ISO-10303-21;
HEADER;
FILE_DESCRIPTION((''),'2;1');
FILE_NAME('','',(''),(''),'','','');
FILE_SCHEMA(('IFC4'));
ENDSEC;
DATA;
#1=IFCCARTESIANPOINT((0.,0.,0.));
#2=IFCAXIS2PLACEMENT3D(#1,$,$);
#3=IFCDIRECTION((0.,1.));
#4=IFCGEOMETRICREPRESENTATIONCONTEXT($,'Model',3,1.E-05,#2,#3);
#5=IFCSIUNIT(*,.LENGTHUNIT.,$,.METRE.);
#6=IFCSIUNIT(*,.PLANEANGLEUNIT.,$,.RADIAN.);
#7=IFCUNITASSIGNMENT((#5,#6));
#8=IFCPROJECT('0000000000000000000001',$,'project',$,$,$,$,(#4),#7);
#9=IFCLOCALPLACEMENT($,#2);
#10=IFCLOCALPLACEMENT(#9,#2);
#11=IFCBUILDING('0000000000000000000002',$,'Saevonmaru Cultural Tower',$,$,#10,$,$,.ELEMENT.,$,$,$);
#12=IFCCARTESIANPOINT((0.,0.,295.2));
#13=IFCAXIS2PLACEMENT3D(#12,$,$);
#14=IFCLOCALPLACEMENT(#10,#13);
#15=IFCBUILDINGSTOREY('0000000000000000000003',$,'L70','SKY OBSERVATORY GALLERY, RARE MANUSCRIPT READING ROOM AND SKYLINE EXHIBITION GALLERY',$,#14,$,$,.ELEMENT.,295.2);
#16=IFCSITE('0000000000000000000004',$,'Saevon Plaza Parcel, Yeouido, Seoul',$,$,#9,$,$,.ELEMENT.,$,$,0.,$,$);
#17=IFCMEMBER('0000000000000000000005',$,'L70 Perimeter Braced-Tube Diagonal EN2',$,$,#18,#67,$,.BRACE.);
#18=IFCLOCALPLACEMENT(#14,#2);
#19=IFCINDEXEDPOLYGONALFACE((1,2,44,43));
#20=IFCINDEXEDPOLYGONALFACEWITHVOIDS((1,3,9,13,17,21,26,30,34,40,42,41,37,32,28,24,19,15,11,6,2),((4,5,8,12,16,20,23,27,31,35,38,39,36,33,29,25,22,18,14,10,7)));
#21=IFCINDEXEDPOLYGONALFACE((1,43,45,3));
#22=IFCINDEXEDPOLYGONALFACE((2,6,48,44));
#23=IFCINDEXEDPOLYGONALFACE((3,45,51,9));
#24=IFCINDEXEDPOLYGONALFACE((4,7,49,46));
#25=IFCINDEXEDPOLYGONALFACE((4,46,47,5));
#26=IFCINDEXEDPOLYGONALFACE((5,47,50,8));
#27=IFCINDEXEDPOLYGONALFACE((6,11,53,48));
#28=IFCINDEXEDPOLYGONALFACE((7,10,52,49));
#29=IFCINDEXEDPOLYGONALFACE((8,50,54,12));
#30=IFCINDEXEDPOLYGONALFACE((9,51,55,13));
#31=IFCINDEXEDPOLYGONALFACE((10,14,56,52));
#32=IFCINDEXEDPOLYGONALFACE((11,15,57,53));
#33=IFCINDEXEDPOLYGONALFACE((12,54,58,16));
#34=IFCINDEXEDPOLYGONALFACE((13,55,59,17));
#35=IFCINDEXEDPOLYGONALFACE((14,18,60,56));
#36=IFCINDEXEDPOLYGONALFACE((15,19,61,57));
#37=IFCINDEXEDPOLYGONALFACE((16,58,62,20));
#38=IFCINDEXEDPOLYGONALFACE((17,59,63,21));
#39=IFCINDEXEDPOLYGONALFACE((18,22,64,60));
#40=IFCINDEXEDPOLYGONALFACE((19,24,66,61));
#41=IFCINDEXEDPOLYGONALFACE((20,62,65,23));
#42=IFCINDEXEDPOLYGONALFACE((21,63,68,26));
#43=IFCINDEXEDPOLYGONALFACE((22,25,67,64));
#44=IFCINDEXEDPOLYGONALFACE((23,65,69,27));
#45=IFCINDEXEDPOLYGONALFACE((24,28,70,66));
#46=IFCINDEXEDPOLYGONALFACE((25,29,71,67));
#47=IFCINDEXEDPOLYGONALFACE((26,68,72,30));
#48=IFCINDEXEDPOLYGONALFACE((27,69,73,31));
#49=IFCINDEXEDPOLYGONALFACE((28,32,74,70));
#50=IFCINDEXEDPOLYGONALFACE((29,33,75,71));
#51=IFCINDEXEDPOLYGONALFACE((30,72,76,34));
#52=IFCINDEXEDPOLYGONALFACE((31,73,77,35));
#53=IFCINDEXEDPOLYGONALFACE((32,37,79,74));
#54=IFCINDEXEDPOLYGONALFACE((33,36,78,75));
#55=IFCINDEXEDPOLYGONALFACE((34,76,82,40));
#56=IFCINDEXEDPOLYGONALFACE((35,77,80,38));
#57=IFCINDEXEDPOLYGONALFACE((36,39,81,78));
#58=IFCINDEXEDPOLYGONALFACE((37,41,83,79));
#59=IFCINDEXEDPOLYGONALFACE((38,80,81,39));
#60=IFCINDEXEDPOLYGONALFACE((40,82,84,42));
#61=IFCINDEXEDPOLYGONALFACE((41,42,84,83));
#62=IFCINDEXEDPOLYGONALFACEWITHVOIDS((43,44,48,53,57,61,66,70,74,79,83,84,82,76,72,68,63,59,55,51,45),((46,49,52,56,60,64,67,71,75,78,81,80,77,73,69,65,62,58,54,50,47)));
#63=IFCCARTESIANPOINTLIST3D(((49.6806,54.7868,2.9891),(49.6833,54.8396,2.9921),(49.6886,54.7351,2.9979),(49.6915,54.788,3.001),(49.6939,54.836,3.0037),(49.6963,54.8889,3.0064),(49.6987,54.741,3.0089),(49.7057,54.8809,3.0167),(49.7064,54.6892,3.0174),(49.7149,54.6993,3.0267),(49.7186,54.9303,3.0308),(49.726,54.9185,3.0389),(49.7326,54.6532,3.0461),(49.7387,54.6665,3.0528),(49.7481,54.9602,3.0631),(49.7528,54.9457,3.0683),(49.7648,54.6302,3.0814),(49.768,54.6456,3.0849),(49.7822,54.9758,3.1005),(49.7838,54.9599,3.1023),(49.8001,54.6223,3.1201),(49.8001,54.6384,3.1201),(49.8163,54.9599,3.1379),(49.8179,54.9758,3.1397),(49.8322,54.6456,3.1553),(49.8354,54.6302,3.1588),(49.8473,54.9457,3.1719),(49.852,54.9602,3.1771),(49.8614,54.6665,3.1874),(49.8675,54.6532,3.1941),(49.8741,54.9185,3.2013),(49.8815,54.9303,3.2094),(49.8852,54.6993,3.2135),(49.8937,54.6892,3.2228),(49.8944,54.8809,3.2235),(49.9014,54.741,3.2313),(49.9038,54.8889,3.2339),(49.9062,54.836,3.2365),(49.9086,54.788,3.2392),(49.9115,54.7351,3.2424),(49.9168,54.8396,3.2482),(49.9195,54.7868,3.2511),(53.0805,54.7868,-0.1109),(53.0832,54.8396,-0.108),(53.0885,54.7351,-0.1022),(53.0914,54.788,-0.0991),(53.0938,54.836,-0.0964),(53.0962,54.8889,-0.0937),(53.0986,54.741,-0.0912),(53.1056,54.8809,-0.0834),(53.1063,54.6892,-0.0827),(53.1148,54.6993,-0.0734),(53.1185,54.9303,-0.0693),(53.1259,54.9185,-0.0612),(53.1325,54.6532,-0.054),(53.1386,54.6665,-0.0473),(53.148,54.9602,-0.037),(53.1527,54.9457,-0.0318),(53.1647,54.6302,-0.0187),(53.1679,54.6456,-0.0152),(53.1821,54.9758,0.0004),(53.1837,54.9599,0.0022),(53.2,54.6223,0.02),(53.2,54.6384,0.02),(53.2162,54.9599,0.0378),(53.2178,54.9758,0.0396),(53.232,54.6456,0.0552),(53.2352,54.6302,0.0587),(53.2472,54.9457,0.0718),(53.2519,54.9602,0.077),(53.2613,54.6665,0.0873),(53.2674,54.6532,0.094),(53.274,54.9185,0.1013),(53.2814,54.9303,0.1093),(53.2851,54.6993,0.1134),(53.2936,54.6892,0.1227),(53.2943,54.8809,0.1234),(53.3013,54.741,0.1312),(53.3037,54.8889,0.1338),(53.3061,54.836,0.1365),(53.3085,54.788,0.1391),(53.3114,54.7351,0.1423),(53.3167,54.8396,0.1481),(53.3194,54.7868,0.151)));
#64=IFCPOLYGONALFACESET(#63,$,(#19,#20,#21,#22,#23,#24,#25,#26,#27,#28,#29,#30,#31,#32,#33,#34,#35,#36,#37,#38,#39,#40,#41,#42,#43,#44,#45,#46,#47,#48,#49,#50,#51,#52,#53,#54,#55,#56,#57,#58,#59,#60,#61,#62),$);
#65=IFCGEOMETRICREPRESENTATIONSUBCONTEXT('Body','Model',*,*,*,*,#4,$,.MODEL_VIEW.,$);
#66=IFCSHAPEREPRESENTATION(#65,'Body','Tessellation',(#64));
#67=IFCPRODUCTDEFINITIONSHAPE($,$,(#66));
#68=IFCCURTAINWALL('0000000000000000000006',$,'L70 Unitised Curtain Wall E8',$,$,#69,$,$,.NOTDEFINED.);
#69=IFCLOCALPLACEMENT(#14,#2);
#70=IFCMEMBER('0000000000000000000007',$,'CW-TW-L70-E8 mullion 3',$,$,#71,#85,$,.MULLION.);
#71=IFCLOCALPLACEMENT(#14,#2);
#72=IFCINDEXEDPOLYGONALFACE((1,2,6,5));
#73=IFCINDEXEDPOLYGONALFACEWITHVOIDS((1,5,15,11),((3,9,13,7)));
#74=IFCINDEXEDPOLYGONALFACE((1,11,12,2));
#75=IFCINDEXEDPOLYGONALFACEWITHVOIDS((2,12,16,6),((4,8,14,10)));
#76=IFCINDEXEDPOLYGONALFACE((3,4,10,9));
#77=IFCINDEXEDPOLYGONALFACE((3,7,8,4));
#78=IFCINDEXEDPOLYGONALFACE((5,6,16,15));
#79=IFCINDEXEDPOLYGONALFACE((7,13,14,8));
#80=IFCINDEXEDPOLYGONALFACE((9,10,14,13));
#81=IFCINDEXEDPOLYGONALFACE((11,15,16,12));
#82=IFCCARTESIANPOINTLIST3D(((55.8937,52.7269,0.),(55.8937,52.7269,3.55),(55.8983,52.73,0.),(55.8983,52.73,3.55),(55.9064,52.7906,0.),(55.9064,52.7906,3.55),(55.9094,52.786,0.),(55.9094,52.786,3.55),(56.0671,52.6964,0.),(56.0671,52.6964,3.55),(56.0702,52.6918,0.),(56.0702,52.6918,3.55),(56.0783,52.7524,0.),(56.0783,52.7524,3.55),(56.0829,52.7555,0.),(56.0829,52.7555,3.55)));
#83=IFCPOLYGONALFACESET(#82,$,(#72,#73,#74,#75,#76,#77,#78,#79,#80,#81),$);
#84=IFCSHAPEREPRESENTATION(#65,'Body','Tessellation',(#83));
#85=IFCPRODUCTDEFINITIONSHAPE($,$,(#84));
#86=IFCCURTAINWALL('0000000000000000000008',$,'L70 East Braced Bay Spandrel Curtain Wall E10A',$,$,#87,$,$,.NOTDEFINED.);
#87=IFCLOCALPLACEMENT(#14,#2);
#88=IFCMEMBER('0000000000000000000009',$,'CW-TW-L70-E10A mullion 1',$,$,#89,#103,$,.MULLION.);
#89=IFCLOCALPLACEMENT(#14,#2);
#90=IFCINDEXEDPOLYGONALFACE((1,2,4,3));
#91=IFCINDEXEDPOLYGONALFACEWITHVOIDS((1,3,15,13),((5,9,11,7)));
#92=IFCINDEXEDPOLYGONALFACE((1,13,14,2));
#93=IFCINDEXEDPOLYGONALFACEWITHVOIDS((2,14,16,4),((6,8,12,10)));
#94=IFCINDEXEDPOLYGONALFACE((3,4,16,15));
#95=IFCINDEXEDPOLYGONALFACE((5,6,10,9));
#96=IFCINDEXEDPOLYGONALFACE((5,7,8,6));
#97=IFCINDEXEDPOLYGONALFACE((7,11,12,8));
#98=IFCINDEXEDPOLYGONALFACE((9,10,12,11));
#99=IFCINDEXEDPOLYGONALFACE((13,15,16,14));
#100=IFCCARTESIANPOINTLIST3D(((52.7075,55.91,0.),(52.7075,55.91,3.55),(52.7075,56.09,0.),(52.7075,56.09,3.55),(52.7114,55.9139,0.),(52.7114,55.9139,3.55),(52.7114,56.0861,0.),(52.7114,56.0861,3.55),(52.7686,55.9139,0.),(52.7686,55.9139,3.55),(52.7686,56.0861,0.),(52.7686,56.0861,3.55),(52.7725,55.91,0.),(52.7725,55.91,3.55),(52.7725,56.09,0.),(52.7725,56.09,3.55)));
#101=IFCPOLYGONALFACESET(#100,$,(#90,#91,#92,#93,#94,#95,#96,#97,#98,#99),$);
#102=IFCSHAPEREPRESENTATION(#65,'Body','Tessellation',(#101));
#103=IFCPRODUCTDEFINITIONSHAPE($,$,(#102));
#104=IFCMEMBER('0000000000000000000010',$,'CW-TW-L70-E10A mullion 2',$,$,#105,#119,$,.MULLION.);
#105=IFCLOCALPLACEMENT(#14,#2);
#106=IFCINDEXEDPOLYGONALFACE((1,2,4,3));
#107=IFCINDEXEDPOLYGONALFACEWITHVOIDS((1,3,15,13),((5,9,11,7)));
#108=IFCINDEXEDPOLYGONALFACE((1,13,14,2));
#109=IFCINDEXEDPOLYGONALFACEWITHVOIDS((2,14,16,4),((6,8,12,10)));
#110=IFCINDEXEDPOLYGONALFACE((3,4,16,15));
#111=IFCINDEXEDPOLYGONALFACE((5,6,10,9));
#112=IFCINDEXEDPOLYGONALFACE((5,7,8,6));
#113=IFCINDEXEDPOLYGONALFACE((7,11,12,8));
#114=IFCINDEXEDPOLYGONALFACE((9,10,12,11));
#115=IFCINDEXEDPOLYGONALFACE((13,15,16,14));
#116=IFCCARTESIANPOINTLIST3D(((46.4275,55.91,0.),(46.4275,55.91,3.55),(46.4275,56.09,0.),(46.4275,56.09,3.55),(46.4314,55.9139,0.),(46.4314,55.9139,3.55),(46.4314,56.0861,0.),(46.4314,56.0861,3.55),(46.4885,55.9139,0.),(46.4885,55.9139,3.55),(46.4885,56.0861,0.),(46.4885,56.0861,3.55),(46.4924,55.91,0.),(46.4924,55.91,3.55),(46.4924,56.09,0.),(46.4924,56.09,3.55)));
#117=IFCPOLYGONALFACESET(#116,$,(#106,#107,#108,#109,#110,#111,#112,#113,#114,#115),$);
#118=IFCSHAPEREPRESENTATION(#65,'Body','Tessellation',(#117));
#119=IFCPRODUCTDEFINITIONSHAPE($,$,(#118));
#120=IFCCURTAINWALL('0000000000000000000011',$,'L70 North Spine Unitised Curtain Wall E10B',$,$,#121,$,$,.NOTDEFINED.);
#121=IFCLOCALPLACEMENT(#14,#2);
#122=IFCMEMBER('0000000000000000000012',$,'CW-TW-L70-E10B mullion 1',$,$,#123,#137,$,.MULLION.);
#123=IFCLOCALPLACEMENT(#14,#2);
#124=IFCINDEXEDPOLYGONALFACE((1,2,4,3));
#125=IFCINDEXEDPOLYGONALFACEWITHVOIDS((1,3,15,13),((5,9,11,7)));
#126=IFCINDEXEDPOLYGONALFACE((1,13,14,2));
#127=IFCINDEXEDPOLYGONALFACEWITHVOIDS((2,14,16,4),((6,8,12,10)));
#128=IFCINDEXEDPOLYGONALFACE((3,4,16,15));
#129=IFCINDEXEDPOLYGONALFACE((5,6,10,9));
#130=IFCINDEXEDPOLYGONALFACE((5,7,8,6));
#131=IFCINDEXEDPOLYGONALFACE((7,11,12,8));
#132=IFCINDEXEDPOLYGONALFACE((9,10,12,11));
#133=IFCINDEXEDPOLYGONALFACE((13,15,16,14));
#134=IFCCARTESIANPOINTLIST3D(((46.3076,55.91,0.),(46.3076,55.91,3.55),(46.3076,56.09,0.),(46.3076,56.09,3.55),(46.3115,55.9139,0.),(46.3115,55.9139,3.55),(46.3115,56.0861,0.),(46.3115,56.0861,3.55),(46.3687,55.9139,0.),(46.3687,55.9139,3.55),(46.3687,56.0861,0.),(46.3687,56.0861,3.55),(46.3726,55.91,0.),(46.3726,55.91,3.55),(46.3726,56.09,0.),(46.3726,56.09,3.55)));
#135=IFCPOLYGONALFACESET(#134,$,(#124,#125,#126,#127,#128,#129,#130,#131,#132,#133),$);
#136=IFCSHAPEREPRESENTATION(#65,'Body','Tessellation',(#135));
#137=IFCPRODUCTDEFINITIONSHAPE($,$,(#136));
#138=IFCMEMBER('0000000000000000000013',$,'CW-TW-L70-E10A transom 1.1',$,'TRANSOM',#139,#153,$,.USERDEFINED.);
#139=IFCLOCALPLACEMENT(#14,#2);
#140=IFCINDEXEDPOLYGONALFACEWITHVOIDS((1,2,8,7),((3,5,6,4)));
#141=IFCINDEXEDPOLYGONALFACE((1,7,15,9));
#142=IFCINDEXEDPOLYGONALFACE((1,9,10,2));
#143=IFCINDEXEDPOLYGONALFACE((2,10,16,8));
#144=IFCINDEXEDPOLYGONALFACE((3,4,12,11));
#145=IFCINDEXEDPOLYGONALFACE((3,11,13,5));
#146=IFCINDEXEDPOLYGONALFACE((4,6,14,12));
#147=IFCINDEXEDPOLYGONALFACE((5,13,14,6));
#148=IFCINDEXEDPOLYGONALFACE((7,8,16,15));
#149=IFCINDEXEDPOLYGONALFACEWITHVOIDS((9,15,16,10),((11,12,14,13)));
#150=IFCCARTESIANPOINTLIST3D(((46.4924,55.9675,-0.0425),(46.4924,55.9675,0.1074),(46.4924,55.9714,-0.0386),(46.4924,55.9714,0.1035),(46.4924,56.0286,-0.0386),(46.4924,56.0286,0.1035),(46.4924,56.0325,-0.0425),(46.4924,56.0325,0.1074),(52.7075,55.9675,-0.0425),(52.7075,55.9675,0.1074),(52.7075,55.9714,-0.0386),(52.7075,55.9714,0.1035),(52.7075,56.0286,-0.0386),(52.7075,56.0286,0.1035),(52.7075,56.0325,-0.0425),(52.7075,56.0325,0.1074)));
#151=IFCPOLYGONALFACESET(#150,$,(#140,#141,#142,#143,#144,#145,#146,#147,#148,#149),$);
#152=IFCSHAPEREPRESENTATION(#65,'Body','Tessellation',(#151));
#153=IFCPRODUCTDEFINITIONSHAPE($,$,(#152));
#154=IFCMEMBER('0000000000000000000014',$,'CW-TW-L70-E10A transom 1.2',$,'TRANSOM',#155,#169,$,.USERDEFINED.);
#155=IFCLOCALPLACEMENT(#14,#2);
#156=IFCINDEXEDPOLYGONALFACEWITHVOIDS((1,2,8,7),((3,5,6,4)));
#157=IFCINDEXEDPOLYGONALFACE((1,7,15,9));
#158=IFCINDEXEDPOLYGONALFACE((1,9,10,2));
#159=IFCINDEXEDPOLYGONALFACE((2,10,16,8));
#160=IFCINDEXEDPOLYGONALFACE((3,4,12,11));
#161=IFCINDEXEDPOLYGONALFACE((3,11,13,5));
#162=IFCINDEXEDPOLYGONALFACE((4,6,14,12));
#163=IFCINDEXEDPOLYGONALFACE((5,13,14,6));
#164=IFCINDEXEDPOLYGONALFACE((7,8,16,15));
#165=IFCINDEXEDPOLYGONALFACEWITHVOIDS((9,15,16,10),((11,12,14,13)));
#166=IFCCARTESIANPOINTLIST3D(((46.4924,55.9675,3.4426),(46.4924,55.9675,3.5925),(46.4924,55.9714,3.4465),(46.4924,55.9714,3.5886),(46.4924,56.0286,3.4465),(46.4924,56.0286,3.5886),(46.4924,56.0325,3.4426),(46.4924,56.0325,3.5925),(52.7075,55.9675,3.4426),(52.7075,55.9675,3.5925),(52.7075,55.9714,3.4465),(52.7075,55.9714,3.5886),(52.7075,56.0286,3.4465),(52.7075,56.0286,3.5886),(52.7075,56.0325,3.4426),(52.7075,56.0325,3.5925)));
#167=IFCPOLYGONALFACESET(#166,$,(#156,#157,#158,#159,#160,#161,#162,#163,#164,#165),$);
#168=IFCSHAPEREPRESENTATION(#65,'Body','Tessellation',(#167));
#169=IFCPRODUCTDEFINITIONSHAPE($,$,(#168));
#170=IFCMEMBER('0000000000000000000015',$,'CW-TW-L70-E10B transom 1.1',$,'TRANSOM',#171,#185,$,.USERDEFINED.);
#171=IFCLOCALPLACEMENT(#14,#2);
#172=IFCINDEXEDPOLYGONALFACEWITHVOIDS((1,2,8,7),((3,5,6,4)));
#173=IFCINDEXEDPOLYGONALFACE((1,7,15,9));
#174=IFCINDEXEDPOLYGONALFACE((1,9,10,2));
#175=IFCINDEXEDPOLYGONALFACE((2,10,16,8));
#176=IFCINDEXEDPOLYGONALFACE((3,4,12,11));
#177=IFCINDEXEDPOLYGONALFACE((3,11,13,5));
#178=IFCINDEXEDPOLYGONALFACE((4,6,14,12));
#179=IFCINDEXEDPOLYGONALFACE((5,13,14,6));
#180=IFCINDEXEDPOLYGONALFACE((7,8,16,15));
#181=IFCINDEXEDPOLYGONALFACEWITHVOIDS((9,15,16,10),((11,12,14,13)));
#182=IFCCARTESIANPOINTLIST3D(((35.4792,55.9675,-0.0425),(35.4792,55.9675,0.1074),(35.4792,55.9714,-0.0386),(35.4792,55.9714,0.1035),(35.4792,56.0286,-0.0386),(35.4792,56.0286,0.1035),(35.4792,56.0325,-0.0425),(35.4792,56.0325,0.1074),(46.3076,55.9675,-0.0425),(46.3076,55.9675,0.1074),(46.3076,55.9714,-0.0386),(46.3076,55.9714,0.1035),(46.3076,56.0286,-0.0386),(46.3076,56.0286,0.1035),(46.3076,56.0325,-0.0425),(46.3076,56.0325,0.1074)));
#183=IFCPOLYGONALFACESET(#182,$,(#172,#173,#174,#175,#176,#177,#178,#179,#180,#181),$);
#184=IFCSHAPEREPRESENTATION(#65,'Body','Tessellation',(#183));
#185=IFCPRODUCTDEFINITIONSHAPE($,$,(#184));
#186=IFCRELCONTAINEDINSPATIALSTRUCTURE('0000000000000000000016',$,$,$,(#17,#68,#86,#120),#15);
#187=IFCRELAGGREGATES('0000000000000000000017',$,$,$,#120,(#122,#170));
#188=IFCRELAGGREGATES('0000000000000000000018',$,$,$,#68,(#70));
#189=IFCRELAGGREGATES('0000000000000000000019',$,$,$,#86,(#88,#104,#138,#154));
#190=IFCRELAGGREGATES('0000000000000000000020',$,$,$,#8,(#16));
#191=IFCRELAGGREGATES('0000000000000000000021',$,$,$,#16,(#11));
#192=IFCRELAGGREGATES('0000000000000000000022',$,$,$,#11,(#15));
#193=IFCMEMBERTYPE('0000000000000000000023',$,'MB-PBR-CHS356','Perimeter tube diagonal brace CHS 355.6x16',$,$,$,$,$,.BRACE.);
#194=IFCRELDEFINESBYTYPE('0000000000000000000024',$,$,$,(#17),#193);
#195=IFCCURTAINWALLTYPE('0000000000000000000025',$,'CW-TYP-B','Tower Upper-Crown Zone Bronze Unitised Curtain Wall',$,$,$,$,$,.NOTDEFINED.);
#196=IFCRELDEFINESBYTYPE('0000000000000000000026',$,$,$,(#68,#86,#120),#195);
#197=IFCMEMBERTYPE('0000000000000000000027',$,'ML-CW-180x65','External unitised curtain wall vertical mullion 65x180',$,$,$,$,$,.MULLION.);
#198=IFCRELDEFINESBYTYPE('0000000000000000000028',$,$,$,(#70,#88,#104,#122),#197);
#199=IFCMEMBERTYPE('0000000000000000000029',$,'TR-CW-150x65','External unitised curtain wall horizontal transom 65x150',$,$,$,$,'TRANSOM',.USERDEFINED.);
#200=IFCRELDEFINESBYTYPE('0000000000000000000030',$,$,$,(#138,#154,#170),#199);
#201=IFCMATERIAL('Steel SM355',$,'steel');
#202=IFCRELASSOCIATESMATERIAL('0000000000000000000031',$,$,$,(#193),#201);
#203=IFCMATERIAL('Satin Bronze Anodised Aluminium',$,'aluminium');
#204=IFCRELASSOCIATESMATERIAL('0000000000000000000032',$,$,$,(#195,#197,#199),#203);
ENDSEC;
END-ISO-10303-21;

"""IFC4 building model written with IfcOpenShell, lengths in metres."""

from ifc_helpers import new_model, si_unit, direction, frame, origin, origin_2d, place, context, subcontext, project, spatial, hollow_rectangle, hollow_circle, extrude, material, material_profile, profile_set, type_object, element, aggregate, save


model = new_model("IFC4")

# Units and contexts
model_context = context("Model", 3, precision=1e-05, world=origin(), true_north=direction((0.0, 1.0)))
body_context = subcontext(model_context, "Body", "Model", "MODEL_VIEW")
ifc_project = project(units=[si_unit("LENGTHUNIT", "METRE"), si_unit("PLANEANGLEUNIT", "RADIAN")], contexts=[model_context])

# Site, building, storey
site_placement = place(None, origin())
site = spatial("IfcSite", under=ifc_project, at=site_placement, Name="Saevon Plaza Parcel, Yeouido, Seoul", CompositionType="ELEMENT", RefElevation=0.0)
building_placement = place(site_placement, origin())
building = spatial("IfcBuilding", under=site, at=building_placement, Name="Saevonmaru Cultural Tower", CompositionType="ELEMENT")
storey_placement = place(building_placement, frame((0.0, 0.0, 295.2)))
storey = spatial("IfcBuildingStorey", under=building, at=storey_placement, Name="L70", Description="SKY OBSERVATORY GALLERY, RARE MANUSCRIPT READING ROOM AND SKYLINE EXHIBITION GALLERY", CompositionType="ELEMENT", Elevation=295.2)

# Shared definitions
ifc_material_1 = material(Name="Steel SM355", Category="steel")

# Member
ifc_material_profile_1 = material_profile(ifc_material_1, hollow_circle(Radius=0.1777, WallThickness=0.0161, at=origin_2d()), Name="CHS-355.6x16")
ifc_profile_set_1 = profile_set([ifc_material_profile_1], Name="Steel SM355")
member_type_1 = type_object("IfcMemberType", Name="MB-PBR-CHS356", Description="Perimeter tube diagonal brace CHS 355.6x16", PredefinedType="BRACE", material=ifc_profile_set_1)
member_1_placement = place(storey_placement, frame((53.2, 54.8, 0.02), z_axis=(-0.738936, 0.0, 0.673776), x_axis=(0.0, -1.0, 0.0)))
element("IfcMember", 1, at=member_1_placement, inside=storey, type_object=member_type_1, Name="L70 Perimeter Braced-Tube Diagonal EN2", PredefinedType="BRACE", context=body_context, shape_type="SweptSolid", body=[
    extrude(hollow_circle(Radius=0.1777, WallThickness=0.0161, at=origin_2d()), origin(), (0.0, 0.0, 1.0), 4.6011),
])

# Curtain wall, member
ifc_material_2 = material(Name="Satin Bronze Anodised Aluminium", Category="aluminium")
curtain_wall_type = type_object("IfcCurtainWallType", Name="CW-TYP-B", Description="Tower Upper-Crown Zone Bronze Unitised Curtain Wall", PredefinedType="NOTDEFINED", material=ifc_material_2)
curtain_wall_1_placement = place(storey_placement, origin())
curtain_wall_1 = element("IfcCurtainWall", 2, at=curtain_wall_1_placement, inside=storey, type_object=curtain_wall_type, Name="L70 Unitised Curtain Wall E8", PredefinedType="NOTDEFINED")
ifc_material_profile_2 = material_profile(ifc_material_2, hollow_rectangle(XDim=0.0649, YDim=0.1799, WallThickness=0.0039, at=origin_2d()), Name="ALU-MULL-180x65x4")
ifc_profile_set_2 = profile_set([ifc_material_profile_2], Name="Satin Bronze Anodised Aluminium")
member_type_2 = type_object("IfcMemberType", Name="ML-CW-180x65", Description="External unitised curtain wall vertical mullion 65x180", PredefinedType="MULLION", material=ifc_profile_set_2)
member_2_placement = place(storey_placement, frame((55.9883, 52.7412, 0.0), z_axis=(0.0, 0.0, 1.0), x_axis=(0.195005, 0.980802, 0.0)))
member_2 = element("IfcMember", 3, at=member_2_placement, type_object=member_type_2, Name="CW-TW-L70-E8 mullion 3", PredefinedType="MULLION", context=body_context, shape_type="SweptSolid", body=[
    extrude(hollow_rectangle(XDim=0.0649, YDim=0.1799, WallThickness=0.0039, at=origin_2d()), origin(), (0.0, 0.0, 1.0), 3.55),
])

# Curtain wall, members
curtain_wall_2_placement = place(storey_placement, origin())
curtain_wall_2 = element("IfcCurtainWall", 4, at=curtain_wall_2_placement, inside=storey, type_object=curtain_wall_type, Name="L70 East Braced Bay Spandrel Curtain Wall E10A", PredefinedType="NOTDEFINED")
member_3_placement = place(storey_placement, frame((52.74, 56.0, 0.0), z_axis=(0.0, 0.0, 1.0), x_axis=(-1.0, 0.0, 0.0)))
member_3 = element("IfcMember", 5, at=member_3_placement, type_object=member_type_2, Name="CW-TW-L70-E10A mullion 1", PredefinedType="MULLION", context=body_context, shape_type="SweptSolid", body=[
    extrude(hollow_rectangle(XDim=0.0649, YDim=0.1799, WallThickness=0.0039, at=origin_2d()), origin(), (0.0, 0.0, 1.0), 3.55),
])
member_4_placement = place(storey_placement, frame((46.46, 56.0, 0.0), z_axis=(0.0, 0.0, 1.0), x_axis=(-1.0, 0.0, 0.0)))
member_4 = element("IfcMember", 6, at=member_4_placement, type_object=member_type_2, Name="CW-TW-L70-E10A mullion 2", PredefinedType="MULLION", context=body_context, shape_type="SweptSolid", body=[
    extrude(hollow_rectangle(XDim=0.0649, YDim=0.1799, WallThickness=0.0039, at=origin_2d()), origin(), (0.0, 0.0, 1.0), 3.55),
])

# Curtain wall, member
curtain_wall_3_placement = place(storey_placement, origin())
curtain_wall_3 = element("IfcCurtainWall", 7, at=curtain_wall_3_placement, inside=storey, type_object=curtain_wall_type, Name="L70 North Spine Unitised Curtain Wall E10B", PredefinedType="NOTDEFINED")
member_5_placement = place(storey_placement, frame((46.3401, 56.0, 0.0), z_axis=(0.0, 0.0, 1.0), x_axis=(-1.0, 0.0, 0.0)))
member_5 = element("IfcMember", 8, at=member_5_placement, type_object=member_type_2, Name="CW-TW-L70-E10B mullion 1", PredefinedType="MULLION", context=body_context, shape_type="SweptSolid", body=[
    extrude(hollow_rectangle(XDim=0.0649, YDim=0.1799, WallThickness=0.0039, at=origin_2d()), origin(), (0.0, 0.0, 1.0), 3.55),
])

# Members
ifc_material_profile_3 = material_profile(ifc_material_2, hollow_rectangle(XDim=0.0649, YDim=0.1499, WallThickness=0.0039, at=origin_2d()), Name="ALU-TRAN-150x65x4")
ifc_profile_set_3 = profile_set([ifc_material_profile_3], Name="Satin Bronze Anodised Aluminium")
member_type_3 = type_object("IfcMemberType", Name="TR-CW-150x65", Description="External unitised curtain wall horizontal transom 65x150", ElementType="TRANSOM", PredefinedType="USERDEFINED", material=ifc_profile_set_3)
member_6_placement = place(storey_placement, frame((52.7075, 56.0, 0.0325), z_axis=(-1.0, 0.0, 0.0), x_axis=(0.0, -1.0, 0.0)))
member_6 = element("IfcMember", 9, at=member_6_placement, type_object=member_type_3, Name="CW-TW-L70-E10A transom 1.1", ObjectType="TRANSOM", PredefinedType="USERDEFINED", context=body_context, shape_type="SweptSolid", body=[
    extrude(hollow_rectangle(XDim=0.0649, YDim=0.1499, WallThickness=0.0039, at=origin_2d()), origin(), (0.0, 0.0, 1.0), 6.2151),
])
member_7_placement = place(storey_placement, frame((52.7075, 56.0, 3.5176), z_axis=(-1.0, 0.0, 0.0), x_axis=(0.0, -1.0, 0.0)))
member_7 = element("IfcMember", 10, at=member_7_placement, type_object=member_type_3, Name="CW-TW-L70-E10A transom 1.2", ObjectType="TRANSOM", PredefinedType="USERDEFINED", context=body_context, shape_type="SweptSolid", body=[
    extrude(hollow_rectangle(XDim=0.0649, YDim=0.1499, WallThickness=0.0039, at=origin_2d()), origin(), (0.0, 0.0, 1.0), 6.2151),
])
member_8_placement = place(storey_placement, frame((46.3076, 56.0, 0.0325), z_axis=(-1.0, 0.0, 0.0), x_axis=(0.0, -1.0, 0.0)))
member_8 = element("IfcMember", 11, at=member_8_placement, type_object=member_type_3, Name="CW-TW-L70-E10B transom 1.1", ObjectType="TRANSOM", PredefinedType="USERDEFINED", context=body_context, shape_type="SweptSolid", body=[
    extrude(hollow_rectangle(XDim=0.0649, YDim=0.1499, WallThickness=0.0039, at=origin_2d()), origin(), (0.0, 0.0, 1.0), 10.8284),
])
aggregate(curtain_wall_3, [member_5, member_8])

aggregate(curtain_wall_1, [member_2])
aggregate(curtain_wall_2, [member_3, member_4, member_6, member_7])

save(model, "model.ifc")
